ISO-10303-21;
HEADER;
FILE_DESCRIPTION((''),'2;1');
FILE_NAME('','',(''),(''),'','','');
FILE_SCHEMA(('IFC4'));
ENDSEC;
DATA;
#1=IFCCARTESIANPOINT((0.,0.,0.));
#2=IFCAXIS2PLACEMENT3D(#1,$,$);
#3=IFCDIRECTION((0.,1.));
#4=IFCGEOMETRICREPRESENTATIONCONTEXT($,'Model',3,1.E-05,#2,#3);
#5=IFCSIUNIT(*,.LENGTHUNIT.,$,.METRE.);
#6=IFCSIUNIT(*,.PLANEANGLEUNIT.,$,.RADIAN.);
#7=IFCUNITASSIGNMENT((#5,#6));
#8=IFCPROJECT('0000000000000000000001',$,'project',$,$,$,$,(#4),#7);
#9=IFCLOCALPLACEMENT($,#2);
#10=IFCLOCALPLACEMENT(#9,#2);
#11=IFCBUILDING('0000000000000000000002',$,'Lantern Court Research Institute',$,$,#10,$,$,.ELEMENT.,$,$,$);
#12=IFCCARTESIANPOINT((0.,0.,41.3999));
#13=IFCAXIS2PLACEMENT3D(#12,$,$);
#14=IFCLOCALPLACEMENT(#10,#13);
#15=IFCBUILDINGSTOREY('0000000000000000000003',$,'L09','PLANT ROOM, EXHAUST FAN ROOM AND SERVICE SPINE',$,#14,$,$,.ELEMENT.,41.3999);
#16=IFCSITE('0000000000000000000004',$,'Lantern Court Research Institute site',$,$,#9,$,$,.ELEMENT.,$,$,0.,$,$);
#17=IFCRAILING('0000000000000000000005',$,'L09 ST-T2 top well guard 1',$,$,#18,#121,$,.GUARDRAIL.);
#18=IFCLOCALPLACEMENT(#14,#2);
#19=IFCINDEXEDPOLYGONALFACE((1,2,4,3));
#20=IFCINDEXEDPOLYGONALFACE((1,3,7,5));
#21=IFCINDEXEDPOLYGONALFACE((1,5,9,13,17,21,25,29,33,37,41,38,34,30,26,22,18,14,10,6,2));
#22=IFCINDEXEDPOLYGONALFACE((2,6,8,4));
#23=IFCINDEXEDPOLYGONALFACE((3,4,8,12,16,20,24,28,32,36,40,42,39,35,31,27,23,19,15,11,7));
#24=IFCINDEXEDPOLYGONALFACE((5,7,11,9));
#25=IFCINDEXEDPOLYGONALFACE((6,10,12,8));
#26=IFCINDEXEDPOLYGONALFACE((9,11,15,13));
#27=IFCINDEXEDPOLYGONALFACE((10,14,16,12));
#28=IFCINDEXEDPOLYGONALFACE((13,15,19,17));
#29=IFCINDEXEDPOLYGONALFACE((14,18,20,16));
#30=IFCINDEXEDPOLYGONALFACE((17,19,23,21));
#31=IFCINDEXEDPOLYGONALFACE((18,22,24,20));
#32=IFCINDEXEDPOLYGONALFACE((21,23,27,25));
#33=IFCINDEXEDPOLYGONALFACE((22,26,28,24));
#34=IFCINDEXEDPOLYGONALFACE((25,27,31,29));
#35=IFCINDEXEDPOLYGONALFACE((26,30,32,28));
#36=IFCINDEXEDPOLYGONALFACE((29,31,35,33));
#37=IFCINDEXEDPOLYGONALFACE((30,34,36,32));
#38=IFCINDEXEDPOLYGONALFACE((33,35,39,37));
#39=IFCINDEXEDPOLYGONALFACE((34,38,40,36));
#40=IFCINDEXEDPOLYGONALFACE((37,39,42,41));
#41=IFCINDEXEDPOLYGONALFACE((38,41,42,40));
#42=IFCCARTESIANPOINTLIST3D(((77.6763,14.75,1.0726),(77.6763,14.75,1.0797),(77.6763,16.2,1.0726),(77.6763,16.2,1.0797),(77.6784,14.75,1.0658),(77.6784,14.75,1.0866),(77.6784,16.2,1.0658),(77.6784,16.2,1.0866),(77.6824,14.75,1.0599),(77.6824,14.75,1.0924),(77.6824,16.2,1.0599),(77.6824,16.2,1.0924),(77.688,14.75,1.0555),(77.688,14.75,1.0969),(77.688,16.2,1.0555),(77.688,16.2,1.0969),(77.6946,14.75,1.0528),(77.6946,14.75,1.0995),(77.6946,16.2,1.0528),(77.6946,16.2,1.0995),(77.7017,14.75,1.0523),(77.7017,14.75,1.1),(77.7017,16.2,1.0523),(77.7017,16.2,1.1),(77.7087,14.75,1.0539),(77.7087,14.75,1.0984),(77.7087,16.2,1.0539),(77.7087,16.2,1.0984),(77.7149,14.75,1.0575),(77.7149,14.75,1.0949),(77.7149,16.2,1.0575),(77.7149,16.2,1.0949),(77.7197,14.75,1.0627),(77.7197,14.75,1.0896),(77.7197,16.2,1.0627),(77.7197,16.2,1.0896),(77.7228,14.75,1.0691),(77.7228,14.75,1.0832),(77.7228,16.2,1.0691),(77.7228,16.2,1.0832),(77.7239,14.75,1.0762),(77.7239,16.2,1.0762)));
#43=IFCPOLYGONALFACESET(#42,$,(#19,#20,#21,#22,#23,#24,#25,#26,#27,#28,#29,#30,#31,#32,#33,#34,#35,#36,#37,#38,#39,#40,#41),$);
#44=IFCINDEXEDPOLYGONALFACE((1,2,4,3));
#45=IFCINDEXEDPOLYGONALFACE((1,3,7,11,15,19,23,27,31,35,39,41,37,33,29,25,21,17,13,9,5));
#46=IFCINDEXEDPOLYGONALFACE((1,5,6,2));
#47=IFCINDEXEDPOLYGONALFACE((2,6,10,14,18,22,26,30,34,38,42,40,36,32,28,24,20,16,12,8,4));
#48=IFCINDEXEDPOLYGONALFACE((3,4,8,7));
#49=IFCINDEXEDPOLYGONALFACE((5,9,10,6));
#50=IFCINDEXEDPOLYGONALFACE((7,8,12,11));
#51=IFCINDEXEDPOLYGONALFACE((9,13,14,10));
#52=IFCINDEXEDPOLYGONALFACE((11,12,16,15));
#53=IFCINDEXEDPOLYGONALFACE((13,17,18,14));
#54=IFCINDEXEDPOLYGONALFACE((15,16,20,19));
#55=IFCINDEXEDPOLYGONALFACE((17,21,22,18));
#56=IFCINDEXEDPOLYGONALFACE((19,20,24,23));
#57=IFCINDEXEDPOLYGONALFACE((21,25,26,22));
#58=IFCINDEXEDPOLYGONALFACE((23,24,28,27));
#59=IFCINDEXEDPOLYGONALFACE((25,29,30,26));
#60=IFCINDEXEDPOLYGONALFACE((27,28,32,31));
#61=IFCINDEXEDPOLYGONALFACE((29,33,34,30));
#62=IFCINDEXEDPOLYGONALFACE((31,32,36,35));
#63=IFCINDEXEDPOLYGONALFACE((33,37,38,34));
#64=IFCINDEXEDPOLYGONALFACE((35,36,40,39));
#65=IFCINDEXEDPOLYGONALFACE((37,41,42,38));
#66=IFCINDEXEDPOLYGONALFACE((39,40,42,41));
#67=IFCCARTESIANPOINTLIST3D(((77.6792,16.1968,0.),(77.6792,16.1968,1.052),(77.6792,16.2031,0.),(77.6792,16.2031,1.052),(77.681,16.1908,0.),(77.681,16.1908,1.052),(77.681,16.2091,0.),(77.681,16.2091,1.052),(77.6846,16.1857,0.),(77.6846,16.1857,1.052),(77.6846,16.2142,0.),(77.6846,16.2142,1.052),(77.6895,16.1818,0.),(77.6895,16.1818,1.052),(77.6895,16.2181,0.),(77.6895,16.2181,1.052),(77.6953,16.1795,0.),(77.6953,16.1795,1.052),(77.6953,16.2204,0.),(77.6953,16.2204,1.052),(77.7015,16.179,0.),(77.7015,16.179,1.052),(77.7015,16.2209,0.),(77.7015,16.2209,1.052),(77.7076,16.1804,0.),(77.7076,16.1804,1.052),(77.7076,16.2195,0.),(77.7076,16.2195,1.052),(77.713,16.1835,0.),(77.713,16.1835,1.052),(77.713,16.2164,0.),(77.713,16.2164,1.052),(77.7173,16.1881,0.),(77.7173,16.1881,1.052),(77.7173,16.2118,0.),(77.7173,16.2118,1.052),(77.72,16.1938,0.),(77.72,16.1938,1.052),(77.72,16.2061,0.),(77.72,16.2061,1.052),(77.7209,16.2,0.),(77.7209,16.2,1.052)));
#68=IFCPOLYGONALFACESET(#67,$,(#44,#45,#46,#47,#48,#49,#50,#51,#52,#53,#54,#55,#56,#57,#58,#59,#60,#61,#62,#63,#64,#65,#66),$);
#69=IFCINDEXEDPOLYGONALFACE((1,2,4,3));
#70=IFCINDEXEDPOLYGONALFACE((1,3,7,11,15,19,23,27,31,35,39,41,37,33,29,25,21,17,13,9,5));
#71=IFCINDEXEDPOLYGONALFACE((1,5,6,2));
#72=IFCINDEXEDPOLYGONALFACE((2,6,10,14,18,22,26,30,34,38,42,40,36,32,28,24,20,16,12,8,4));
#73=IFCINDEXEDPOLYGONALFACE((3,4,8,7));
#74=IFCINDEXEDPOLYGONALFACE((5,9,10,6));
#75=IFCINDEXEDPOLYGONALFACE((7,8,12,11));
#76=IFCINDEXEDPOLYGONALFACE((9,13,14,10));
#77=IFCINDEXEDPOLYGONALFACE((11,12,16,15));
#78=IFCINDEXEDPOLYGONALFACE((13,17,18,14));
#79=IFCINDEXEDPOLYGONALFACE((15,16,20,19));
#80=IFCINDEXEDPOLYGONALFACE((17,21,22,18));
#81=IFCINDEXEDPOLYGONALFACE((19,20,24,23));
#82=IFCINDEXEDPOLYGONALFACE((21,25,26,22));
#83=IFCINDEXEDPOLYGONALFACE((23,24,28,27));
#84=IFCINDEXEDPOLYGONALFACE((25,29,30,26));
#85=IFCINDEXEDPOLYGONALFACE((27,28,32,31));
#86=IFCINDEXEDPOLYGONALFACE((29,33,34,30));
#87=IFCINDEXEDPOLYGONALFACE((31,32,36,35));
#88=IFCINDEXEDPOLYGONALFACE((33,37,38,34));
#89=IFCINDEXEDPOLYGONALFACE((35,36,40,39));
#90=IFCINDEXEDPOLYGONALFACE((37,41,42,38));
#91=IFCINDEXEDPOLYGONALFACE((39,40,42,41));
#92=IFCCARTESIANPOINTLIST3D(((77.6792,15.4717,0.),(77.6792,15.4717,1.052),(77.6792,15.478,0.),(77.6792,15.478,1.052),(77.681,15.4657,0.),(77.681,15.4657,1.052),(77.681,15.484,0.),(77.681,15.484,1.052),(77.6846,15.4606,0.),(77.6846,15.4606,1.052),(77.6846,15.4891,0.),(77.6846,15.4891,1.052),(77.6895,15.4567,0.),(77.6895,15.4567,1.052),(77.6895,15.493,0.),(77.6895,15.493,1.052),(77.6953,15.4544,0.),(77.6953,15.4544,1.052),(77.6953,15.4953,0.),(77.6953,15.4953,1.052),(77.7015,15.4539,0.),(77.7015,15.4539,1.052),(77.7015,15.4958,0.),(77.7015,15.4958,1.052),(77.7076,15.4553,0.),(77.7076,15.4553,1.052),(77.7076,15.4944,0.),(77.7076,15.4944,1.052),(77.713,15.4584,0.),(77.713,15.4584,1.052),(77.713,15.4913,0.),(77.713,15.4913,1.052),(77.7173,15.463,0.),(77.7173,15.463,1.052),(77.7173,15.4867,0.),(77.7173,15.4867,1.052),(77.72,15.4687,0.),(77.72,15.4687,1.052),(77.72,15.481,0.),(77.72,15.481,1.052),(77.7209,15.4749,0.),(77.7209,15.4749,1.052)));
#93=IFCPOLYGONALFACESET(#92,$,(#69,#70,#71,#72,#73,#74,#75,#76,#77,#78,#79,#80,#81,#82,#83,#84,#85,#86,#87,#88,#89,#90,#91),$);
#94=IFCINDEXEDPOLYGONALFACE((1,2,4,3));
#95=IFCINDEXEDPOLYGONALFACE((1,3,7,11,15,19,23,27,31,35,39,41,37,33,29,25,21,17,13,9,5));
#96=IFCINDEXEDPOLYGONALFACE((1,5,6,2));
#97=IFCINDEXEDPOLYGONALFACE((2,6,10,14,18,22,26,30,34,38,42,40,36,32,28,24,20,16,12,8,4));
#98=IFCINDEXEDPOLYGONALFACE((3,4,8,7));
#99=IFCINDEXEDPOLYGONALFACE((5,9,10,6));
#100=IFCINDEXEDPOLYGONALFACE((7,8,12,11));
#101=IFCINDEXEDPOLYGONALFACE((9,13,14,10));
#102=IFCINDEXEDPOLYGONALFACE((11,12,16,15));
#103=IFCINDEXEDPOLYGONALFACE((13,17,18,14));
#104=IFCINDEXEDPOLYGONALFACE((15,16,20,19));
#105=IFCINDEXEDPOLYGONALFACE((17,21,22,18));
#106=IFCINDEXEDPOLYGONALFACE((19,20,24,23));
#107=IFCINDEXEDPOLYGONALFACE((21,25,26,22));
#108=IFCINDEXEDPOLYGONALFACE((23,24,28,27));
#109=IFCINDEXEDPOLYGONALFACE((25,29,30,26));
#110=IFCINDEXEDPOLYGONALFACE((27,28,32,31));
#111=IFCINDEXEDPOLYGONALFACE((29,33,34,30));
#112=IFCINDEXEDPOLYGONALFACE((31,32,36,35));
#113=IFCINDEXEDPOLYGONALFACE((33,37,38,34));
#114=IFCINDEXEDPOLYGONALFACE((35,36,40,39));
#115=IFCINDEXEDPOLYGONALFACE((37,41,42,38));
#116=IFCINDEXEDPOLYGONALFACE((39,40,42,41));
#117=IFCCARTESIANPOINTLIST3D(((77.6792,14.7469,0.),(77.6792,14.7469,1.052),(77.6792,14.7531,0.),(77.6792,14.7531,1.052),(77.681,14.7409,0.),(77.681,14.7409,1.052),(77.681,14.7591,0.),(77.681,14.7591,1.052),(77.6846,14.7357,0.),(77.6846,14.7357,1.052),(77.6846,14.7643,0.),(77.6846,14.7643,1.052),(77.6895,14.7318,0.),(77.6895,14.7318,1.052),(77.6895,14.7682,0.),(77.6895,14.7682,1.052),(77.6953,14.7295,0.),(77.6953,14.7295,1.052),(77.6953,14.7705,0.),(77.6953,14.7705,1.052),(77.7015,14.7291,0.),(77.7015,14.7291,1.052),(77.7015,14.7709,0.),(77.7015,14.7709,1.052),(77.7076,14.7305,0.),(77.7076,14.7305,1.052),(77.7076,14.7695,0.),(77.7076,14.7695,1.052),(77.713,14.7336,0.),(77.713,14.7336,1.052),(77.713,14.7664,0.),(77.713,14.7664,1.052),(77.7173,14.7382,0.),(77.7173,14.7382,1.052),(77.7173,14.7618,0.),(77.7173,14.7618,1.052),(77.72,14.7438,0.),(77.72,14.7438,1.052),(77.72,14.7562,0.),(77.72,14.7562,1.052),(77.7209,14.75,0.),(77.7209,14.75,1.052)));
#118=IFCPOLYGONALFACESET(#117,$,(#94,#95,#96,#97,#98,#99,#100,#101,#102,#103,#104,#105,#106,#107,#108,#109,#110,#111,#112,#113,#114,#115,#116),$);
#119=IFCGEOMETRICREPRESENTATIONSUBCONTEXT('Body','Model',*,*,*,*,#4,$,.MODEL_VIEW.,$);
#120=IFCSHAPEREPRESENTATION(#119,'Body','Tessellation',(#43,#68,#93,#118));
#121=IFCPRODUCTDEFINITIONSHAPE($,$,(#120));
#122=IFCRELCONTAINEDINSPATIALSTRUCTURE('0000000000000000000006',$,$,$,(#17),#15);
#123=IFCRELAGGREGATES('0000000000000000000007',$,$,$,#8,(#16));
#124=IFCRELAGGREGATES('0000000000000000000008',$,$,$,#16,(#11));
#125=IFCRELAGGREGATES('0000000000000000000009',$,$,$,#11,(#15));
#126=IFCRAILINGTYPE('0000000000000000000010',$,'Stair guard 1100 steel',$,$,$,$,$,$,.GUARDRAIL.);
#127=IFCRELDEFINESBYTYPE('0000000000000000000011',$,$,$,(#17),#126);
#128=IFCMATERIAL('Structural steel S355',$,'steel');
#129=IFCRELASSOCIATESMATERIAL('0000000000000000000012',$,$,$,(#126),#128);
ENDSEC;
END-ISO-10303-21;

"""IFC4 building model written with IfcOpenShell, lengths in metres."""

from ifc_helpers import new_model, si_unit, direction, frame, origin, origin_2d, place, context, subcontext, project, spatial, circle, extrude, material, type_object, element, save


model = new_model("IFC4")

# Units and contexts
model_context = context("Model", 3, precision=1e-05, world=origin(), true_north=direction((0.0, 1.0)))
body_context = subcontext(model_context, "Body", "Model", "MODEL_VIEW")
ifc_project = project(units=[si_unit("LENGTHUNIT", "METRE"), si_unit("PLANEANGLEUNIT", "RADIAN")], contexts=[model_context])

# Site, building, storey
site_placement = place(None, origin())
site = spatial("IfcSite", under=ifc_project, at=site_placement, Name="Lantern Court Research Institute site", CompositionType="ELEMENT", RefElevation=0.0)
building_placement = place(site_placement, origin())
building = spatial("IfcBuilding", under=site, at=building_placement, Name="Lantern Court Research Institute", CompositionType="ELEMENT")
storey_placement = place(building_placement, frame((0.0, 0.0, 41.3999)))
storey = spatial("IfcBuildingStorey", under=building, at=storey_placement, Name="L09", Description="PLANT ROOM, EXHAUST FAN ROOM AND SERVICE SPINE", CompositionType="ELEMENT", Elevation=41.3999)

# Railing
ifc_material_1 = material(Name="Structural steel S355", Category="steel")
railing_type = type_object("IfcRailingType", Name="Stair guard 1100 steel", PredefinedType="GUARDRAIL", material=ifc_material_1)
railing_placement = place(storey_placement, frame((77.7, 16.2, 0.0)))
element("IfcRailing", 1, at=railing_placement, inside=storey, type_object=railing_type, Name="L09 ST-T2 top well guard 1", PredefinedType="GUARDRAIL", context=body_context, shape_type="SweptSolid", body=[
    extrude(circle(Radius=0.0239, at=origin_2d()), frame((0.0, 0.0, 1.0762), z_axis=(0.0, -1.0, 0.0), x_axis=(1.0, 0.0, 0.0)), (0.0, 0.0, 1.0), 1.45),
    extrude(circle(Radius=0.021, at=origin_2d()), origin(), (0.0, 0.0, 1.0), 1.052),
    extrude(circle(Radius=0.021, at=origin_2d()), frame((0.0, -0.7251, 0.0)), (0.0, 0.0, 1.0), 1.052),
    extrude(circle(Radius=0.021, at=origin_2d()), frame((0.0, -1.45, 0.0)), (0.0, 0.0, 1.0), 1.052),
])

save(model, "model.ifc")
